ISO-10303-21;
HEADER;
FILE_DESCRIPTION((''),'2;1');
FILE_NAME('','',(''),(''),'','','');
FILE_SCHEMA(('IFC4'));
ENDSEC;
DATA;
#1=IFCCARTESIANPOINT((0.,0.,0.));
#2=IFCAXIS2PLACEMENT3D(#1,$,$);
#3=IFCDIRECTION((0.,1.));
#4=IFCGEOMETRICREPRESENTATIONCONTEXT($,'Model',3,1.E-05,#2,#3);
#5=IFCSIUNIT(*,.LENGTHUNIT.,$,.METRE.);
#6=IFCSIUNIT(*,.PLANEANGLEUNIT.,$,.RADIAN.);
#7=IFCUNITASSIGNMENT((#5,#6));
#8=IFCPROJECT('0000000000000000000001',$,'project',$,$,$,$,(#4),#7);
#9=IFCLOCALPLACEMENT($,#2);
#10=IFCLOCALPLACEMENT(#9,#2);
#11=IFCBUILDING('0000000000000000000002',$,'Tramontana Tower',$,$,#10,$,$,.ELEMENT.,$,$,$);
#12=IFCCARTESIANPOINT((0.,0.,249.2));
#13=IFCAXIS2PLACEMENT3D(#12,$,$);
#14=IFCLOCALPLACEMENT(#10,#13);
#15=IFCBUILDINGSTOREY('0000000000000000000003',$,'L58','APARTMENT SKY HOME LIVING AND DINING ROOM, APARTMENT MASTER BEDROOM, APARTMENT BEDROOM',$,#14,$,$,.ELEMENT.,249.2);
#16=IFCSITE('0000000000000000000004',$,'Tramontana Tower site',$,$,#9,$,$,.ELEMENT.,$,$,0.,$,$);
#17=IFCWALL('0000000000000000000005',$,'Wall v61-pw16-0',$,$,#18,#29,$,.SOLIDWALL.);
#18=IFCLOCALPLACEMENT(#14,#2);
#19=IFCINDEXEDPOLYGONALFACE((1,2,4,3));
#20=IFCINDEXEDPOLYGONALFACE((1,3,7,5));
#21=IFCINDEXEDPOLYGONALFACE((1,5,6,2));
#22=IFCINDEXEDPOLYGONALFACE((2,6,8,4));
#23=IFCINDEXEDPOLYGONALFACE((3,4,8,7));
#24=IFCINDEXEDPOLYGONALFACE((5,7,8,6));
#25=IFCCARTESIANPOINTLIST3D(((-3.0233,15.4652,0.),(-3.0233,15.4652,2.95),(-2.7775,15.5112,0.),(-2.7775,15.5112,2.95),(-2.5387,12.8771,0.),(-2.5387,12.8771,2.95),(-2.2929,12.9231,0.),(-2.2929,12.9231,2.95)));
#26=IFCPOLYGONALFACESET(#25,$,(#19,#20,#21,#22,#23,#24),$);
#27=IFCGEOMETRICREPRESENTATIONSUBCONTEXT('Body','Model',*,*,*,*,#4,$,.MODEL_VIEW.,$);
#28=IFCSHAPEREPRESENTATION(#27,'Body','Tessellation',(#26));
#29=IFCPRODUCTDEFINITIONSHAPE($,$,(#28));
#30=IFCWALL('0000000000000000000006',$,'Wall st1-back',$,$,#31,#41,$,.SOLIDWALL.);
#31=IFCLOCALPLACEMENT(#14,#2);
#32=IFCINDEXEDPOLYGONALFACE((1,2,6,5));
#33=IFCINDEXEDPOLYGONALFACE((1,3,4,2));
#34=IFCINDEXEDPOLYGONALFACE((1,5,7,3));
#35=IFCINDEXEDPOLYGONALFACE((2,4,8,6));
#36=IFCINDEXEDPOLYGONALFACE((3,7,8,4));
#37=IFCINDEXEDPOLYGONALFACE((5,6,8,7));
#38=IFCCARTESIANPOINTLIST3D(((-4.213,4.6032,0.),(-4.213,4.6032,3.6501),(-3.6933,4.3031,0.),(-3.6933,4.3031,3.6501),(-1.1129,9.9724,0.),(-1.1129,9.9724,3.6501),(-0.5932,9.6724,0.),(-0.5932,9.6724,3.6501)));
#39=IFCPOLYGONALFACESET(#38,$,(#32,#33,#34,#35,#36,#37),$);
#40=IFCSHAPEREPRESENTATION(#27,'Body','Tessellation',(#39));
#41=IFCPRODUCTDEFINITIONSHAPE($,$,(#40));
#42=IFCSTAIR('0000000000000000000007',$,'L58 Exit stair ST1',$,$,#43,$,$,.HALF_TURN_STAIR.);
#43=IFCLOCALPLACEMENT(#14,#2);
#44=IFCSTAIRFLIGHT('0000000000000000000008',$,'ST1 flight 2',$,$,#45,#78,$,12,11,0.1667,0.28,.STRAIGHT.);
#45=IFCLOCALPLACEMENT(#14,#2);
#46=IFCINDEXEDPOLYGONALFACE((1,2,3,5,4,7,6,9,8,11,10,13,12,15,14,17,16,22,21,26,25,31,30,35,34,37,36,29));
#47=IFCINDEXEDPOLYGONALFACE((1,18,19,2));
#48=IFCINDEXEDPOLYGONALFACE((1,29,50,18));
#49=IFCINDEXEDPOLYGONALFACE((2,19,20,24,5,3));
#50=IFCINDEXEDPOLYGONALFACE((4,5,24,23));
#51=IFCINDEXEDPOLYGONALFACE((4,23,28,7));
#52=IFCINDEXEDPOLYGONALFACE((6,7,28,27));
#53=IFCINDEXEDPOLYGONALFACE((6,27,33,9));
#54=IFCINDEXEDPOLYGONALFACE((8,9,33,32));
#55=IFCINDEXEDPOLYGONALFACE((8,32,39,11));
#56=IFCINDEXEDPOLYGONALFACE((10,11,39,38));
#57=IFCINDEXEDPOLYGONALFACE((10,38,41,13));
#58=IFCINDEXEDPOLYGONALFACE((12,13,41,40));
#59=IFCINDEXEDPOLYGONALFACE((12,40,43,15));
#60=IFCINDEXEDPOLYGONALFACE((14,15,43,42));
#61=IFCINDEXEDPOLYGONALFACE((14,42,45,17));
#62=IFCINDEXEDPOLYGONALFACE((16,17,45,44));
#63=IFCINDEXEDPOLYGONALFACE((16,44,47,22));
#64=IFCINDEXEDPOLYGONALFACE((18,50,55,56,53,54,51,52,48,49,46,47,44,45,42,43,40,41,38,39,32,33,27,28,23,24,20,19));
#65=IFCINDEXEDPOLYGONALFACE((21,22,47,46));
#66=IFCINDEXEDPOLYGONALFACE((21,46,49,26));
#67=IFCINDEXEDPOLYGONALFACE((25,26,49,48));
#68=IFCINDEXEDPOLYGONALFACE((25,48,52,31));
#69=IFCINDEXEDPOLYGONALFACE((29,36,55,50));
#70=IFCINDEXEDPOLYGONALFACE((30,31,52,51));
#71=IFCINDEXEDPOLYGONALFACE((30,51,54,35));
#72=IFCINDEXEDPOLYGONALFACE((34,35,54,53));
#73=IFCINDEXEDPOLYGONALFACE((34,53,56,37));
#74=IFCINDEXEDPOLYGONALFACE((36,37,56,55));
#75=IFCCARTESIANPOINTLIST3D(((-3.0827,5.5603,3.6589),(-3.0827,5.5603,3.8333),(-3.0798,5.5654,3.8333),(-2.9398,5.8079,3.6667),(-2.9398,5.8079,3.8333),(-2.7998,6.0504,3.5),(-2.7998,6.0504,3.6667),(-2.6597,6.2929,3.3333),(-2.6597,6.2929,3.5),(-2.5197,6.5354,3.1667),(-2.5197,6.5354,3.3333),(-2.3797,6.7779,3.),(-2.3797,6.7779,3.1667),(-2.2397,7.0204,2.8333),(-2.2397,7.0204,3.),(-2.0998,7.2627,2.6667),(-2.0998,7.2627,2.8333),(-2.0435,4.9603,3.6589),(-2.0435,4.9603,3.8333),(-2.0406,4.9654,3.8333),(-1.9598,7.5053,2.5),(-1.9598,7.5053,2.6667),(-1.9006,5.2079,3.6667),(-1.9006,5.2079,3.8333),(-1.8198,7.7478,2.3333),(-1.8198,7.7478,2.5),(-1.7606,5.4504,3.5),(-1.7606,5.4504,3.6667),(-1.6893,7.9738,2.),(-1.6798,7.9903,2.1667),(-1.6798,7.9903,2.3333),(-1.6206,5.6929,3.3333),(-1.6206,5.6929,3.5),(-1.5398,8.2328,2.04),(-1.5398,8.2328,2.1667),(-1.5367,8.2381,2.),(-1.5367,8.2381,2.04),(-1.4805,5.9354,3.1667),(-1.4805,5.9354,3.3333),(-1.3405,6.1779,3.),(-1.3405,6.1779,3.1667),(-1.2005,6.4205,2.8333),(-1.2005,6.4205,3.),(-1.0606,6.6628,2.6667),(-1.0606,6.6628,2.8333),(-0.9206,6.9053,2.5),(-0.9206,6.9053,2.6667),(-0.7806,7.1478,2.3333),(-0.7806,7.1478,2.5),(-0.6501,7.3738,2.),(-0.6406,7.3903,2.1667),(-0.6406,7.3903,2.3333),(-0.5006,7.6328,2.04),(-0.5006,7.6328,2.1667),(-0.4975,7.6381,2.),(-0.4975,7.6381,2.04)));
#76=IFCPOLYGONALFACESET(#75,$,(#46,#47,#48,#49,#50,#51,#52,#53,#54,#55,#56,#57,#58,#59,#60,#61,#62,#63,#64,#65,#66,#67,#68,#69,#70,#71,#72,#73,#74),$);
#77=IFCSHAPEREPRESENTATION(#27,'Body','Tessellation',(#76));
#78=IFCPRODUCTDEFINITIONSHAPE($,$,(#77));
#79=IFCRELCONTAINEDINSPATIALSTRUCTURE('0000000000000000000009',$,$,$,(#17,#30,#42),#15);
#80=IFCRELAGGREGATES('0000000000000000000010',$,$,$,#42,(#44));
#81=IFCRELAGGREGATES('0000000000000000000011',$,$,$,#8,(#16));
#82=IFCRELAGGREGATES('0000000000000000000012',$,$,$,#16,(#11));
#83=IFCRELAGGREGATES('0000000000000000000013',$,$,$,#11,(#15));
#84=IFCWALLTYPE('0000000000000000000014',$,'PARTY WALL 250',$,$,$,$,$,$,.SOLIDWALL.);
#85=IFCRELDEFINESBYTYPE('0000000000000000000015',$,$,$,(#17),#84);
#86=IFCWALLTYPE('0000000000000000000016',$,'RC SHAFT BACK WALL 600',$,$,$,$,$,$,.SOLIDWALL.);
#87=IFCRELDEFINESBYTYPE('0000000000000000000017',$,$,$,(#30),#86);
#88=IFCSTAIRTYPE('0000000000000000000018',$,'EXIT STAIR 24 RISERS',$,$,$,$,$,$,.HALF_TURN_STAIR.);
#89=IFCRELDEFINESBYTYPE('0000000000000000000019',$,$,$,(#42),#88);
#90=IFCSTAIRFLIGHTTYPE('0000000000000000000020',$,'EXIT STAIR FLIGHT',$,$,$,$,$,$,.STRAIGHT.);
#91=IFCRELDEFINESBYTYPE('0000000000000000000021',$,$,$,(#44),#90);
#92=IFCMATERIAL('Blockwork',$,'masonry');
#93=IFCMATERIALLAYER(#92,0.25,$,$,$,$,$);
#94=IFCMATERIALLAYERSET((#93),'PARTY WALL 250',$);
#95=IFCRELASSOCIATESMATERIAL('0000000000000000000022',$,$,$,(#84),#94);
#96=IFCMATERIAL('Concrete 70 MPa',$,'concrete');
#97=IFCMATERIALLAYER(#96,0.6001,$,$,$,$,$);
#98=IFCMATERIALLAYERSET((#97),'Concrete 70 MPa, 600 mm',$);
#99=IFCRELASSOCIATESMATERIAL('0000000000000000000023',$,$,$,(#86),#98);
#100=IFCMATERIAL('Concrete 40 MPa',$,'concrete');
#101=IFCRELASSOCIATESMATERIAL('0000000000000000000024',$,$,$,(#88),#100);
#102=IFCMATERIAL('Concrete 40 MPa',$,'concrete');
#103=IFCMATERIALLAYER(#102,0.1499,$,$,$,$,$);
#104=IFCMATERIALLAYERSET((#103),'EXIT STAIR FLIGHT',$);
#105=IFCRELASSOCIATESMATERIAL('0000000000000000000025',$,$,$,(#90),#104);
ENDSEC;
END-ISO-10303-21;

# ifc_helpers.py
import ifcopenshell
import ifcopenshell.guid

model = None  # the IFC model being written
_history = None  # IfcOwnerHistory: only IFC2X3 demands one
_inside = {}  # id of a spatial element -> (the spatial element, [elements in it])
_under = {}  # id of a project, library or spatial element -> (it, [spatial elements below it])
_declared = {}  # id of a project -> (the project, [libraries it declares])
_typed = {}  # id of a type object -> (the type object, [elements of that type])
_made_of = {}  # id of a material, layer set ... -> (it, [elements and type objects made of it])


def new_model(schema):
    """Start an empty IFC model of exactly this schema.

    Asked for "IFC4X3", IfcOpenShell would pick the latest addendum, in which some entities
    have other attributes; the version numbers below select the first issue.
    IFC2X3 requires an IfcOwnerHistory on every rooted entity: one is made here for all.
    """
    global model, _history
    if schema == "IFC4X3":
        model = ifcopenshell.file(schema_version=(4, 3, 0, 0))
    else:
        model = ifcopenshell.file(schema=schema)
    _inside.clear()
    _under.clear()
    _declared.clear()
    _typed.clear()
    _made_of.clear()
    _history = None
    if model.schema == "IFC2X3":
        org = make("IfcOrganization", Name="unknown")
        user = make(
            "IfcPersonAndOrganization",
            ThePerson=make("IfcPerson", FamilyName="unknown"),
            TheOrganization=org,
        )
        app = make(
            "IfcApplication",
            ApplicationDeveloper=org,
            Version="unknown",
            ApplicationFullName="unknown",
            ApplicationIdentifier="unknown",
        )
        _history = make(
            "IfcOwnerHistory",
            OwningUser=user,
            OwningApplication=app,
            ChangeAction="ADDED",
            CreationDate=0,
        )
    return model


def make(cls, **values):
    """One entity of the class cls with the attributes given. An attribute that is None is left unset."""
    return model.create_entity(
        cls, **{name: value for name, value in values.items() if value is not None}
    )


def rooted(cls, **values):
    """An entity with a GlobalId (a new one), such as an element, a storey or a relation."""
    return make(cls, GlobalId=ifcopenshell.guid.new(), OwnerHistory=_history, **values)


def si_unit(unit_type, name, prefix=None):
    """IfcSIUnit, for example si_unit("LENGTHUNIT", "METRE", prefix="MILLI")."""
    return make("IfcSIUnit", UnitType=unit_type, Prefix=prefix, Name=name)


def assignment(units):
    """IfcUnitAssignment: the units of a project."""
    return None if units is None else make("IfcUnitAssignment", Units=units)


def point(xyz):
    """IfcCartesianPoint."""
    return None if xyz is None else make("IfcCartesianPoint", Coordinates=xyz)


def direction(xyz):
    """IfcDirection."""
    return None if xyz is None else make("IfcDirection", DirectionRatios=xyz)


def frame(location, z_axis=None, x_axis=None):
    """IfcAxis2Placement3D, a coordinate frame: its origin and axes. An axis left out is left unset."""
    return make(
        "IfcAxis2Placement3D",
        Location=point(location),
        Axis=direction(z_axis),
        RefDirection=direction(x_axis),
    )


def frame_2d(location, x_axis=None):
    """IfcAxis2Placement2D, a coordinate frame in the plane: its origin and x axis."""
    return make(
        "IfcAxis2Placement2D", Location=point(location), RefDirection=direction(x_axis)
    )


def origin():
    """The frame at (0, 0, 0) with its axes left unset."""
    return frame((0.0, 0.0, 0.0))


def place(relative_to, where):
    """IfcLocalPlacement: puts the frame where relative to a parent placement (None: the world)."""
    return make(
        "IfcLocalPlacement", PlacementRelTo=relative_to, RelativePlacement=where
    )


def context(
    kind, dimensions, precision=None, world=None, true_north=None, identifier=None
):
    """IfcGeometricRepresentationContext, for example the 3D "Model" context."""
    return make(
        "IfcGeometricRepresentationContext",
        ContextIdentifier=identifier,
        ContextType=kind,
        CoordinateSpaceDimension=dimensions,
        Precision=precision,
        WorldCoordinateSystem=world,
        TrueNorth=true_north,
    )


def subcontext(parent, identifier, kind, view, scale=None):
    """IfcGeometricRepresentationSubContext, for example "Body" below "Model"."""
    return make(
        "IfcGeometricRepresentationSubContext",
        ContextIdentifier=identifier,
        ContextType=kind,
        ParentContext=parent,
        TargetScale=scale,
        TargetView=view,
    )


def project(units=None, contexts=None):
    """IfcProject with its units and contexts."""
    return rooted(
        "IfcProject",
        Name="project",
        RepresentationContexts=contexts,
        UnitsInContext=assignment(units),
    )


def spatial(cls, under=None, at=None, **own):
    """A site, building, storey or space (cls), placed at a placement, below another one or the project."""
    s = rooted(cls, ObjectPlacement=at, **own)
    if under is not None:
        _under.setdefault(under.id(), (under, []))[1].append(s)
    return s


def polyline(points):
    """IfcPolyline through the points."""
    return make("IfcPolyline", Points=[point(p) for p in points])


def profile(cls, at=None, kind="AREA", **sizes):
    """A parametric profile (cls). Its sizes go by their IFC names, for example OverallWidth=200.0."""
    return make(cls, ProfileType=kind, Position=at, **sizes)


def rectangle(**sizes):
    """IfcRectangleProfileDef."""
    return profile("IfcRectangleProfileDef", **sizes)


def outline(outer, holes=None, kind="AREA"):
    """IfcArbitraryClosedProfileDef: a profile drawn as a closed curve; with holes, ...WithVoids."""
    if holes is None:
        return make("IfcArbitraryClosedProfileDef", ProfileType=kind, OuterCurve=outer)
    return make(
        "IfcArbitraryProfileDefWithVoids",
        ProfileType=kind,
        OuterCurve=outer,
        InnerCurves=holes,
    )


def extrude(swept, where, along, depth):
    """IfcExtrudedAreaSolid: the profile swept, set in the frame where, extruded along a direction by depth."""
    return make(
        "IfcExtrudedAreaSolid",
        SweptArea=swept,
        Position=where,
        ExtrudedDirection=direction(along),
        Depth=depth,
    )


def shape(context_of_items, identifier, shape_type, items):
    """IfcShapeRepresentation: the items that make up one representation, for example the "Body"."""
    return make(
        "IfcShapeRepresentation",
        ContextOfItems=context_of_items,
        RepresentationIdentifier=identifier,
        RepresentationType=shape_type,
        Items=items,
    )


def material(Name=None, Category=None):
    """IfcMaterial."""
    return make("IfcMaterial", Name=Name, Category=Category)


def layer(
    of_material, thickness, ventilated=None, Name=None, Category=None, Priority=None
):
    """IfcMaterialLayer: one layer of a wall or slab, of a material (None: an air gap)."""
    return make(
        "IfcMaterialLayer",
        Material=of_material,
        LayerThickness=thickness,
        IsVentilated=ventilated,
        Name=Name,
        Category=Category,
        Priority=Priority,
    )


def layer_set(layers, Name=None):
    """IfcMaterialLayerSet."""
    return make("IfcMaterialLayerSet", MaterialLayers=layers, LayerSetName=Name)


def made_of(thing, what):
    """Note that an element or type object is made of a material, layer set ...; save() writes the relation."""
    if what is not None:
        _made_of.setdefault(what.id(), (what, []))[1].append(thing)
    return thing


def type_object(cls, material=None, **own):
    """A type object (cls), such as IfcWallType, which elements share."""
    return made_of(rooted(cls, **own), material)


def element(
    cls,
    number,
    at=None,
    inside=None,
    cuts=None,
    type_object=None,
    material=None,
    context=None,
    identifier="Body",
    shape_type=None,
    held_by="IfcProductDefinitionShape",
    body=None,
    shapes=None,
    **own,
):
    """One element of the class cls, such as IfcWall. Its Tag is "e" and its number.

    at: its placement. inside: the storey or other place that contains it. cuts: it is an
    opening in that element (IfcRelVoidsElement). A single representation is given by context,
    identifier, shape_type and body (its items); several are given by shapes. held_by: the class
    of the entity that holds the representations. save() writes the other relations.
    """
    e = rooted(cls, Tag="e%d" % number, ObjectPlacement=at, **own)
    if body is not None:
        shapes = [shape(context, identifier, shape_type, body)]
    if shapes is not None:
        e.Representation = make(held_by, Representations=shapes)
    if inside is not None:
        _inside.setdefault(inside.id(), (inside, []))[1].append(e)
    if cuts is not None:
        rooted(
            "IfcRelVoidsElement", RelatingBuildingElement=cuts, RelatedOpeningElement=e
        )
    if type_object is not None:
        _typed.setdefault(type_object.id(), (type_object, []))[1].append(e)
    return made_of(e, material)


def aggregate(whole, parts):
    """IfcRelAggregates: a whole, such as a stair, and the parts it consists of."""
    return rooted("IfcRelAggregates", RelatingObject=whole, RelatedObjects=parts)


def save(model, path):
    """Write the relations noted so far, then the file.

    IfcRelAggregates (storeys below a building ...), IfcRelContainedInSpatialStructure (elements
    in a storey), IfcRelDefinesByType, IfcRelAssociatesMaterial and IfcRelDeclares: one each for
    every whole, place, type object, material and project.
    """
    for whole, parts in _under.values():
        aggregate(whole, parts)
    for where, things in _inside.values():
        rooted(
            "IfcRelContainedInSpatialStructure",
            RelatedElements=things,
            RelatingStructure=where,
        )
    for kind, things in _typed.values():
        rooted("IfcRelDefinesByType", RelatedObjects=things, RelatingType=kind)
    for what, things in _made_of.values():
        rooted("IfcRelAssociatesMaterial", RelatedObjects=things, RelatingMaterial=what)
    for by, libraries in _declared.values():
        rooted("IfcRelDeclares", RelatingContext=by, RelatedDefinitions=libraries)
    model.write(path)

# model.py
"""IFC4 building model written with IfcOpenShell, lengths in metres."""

from ifc_helpers import new_model, si_unit, direction, frame, frame_2d, origin, place, context, subcontext, project, spatial, polyline, rectangle, outline, extrude, material, layer, layer_set, type_object, element, aggregate, save


model = new_model("IFC4")

# Units and contexts
model_context = context("Model", 3, precision=1e-05, world=origin(), true_north=direction((0.0, 1.0)))
body_context = subcontext(model_context, "Body", "Model", "MODEL_VIEW")
ifc_project = project(units=[si_unit("LENGTHUNIT", "METRE"), si_unit("PLANEANGLEUNIT", "RADIAN")], contexts=[model_context])

# Site, building, storey
site_placement = place(None, origin())
site = spatial("IfcSite", under=ifc_project, at=site_placement, Name="Tramontana Tower site", CompositionType="ELEMENT", RefElevation=0.0)
building_placement = place(site_placement, origin())
building = spatial("IfcBuilding", under=site, at=building_placement, Name="Tramontana Tower", CompositionType="ELEMENT")
storey_placement = place(building_placement, frame((0.0, 0.0, 249.2)))
storey = spatial("IfcBuildingStorey", under=building, at=storey_placement, Name="L58", Description="APARTMENT SKY HOME LIVING AND DINING ROOM, APARTMENT MASTER BEDROOM, APARTMENT BEDROOM", CompositionType="ELEMENT", Elevation=249.2)

# Walls
ifc_material_1 = material(Name="Blockwork", Category="masonry")
ifc_layer_1 = layer(ifc_material_1, 0.25)
ifc_layer_set_1 = layer_set([ifc_layer_1], Name="PARTY WALL 250")
wall_type_1 = type_object("IfcWallType", Name="PARTY WALL 250", PredefinedType="SOLIDWALL", material=ifc_layer_set_1)
wall_1_placement = place(storey_placement, frame((-2.9004, 15.488, 0.0), z_axis=(0.0, 0.0, 1.0), x_axis=(0.184048, -0.982917, 0.0)))
element("IfcWall", 1, at=wall_1_placement, inside=storey, type_object=wall_type_1, Name="Wall v61-pw16-0", PredefinedType="SOLIDWALL", context=body_context, shape_type="SweptSolid", body=[
    extrude(rectangle(XDim=2.6331, YDim=0.25, at=frame_2d((1.3164, 0.0))), origin(), (0.0, 0.0, 1.0), 2.95),
])
ifc_material_2 = material(Name="Concrete 70 MPa", Category="concrete")
ifc_layer_2 = layer(ifc_material_2, 0.6001)
ifc_layer_set_2 = layer_set([ifc_layer_2], Name="Concrete 70 MPa, 600 mm")
wall_type_2 = type_object("IfcWallType", Name="RC SHAFT BACK WALL 600", PredefinedType="SOLIDWALL", material=ifc_layer_set_2)
wall_2_placement = place(storey_placement, frame((-0.853, 9.8225, 0.0), z_axis=(0.0, 0.0, 1.0), x_axis=(-0.50001, -0.86602, 0.0)))
element("IfcWall", 2, at=wall_2_placement, inside=storey, type_object=wall_type_2, Name="Wall st1-back", PredefinedType="SOLIDWALL", context=body_context, shape_type="SweptSolid", body=[
    extrude(rectangle(XDim=6.2, YDim=0.6001, at=frame_2d((3.1001, 0.0))), origin(), (0.0, 0.0, 1.0), 3.6501),
])

# Stair, stair flight
ifc_material_3 = material(Name="Concrete 40 MPa", Category="concrete")
stair_type = type_object("IfcStairType", Name="EXIT STAIR 24 RISERS", PredefinedType="HALF_TURN_STAIR", material=ifc_material_3)
stair_placement = place(storey_placement, origin())
stair = element("IfcStair", 3, at=stair_placement, inside=storey, type_object=stair_type, Name="L58 Exit stair ST1", PredefinedType="HALF_TURN_STAIR")
ifc_material_4 = material(Name="Concrete 40 MPa", Category="concrete")
ifc_layer_3 = layer(ifc_material_4, 0.1499)
ifc_layer_set_3 = layer_set([ifc_layer_3], Name="EXIT STAIR FLIGHT")
stair_flight_type = type_object("IfcStairFlightType", Name="EXIT STAIR FLIGHT", PredefinedType="STRAIGHT", material=ifc_layer_set_3)
stair_flight_placement = place(storey_placement, frame((-1.0203, 7.9329, 2.0), z_axis=(0.0, 0.0, 1.0), x_axis=(-0.5, -0.866025, 0.0)))
stair_flight = element("IfcStairFlight", 4, at=stair_flight_placement, type_object=stair_flight_type, Name="ST1 flight 2", NumberOfRisers=12, NumberOfTreads=11, PredefinedType="STRAIGHT", RiserHeight=0.1667, TreadLength=0.28, context=body_context, shape_type="SweptSolid", body=[
    extrude(outline(polyline([(-0.0061, 0.0), (-0.0061, 0.04), (0.0, 0.04), (0.0, 0.1667), (0.28, 0.1667), (0.28, 0.3333), (0.5601, 0.3333), (0.5601, 0.5), (0.8401, 0.5), (0.8401, 0.6667), (1.1201, 0.6667), (1.1201, 0.8333), (1.3999, 0.8333), (1.3999, 1.0), (1.6799, 1.0), (1.6799, 1.1667), (1.96, 1.1667), (1.96, 1.3333), (2.24, 1.3333), (2.24, 1.5), (2.52, 1.5), (2.52, 1.6667), (2.8, 1.6667), (2.8, 1.8333), (3.0801, 1.8333), (3.0859, 1.8333), (3.0859, 1.6589), (0.2991, 0.0), (-0.0061, 0.0)])), frame((0.0, 0.6001, 0.0), z_axis=(0.0, -1.0, 0.0), x_axis=(1.0, 0.0, 0.0)), (0.0, 0.0, 1.0), 1.2),
])
aggregate(stair, [stair_flight])

save(model, "model.ifc")
